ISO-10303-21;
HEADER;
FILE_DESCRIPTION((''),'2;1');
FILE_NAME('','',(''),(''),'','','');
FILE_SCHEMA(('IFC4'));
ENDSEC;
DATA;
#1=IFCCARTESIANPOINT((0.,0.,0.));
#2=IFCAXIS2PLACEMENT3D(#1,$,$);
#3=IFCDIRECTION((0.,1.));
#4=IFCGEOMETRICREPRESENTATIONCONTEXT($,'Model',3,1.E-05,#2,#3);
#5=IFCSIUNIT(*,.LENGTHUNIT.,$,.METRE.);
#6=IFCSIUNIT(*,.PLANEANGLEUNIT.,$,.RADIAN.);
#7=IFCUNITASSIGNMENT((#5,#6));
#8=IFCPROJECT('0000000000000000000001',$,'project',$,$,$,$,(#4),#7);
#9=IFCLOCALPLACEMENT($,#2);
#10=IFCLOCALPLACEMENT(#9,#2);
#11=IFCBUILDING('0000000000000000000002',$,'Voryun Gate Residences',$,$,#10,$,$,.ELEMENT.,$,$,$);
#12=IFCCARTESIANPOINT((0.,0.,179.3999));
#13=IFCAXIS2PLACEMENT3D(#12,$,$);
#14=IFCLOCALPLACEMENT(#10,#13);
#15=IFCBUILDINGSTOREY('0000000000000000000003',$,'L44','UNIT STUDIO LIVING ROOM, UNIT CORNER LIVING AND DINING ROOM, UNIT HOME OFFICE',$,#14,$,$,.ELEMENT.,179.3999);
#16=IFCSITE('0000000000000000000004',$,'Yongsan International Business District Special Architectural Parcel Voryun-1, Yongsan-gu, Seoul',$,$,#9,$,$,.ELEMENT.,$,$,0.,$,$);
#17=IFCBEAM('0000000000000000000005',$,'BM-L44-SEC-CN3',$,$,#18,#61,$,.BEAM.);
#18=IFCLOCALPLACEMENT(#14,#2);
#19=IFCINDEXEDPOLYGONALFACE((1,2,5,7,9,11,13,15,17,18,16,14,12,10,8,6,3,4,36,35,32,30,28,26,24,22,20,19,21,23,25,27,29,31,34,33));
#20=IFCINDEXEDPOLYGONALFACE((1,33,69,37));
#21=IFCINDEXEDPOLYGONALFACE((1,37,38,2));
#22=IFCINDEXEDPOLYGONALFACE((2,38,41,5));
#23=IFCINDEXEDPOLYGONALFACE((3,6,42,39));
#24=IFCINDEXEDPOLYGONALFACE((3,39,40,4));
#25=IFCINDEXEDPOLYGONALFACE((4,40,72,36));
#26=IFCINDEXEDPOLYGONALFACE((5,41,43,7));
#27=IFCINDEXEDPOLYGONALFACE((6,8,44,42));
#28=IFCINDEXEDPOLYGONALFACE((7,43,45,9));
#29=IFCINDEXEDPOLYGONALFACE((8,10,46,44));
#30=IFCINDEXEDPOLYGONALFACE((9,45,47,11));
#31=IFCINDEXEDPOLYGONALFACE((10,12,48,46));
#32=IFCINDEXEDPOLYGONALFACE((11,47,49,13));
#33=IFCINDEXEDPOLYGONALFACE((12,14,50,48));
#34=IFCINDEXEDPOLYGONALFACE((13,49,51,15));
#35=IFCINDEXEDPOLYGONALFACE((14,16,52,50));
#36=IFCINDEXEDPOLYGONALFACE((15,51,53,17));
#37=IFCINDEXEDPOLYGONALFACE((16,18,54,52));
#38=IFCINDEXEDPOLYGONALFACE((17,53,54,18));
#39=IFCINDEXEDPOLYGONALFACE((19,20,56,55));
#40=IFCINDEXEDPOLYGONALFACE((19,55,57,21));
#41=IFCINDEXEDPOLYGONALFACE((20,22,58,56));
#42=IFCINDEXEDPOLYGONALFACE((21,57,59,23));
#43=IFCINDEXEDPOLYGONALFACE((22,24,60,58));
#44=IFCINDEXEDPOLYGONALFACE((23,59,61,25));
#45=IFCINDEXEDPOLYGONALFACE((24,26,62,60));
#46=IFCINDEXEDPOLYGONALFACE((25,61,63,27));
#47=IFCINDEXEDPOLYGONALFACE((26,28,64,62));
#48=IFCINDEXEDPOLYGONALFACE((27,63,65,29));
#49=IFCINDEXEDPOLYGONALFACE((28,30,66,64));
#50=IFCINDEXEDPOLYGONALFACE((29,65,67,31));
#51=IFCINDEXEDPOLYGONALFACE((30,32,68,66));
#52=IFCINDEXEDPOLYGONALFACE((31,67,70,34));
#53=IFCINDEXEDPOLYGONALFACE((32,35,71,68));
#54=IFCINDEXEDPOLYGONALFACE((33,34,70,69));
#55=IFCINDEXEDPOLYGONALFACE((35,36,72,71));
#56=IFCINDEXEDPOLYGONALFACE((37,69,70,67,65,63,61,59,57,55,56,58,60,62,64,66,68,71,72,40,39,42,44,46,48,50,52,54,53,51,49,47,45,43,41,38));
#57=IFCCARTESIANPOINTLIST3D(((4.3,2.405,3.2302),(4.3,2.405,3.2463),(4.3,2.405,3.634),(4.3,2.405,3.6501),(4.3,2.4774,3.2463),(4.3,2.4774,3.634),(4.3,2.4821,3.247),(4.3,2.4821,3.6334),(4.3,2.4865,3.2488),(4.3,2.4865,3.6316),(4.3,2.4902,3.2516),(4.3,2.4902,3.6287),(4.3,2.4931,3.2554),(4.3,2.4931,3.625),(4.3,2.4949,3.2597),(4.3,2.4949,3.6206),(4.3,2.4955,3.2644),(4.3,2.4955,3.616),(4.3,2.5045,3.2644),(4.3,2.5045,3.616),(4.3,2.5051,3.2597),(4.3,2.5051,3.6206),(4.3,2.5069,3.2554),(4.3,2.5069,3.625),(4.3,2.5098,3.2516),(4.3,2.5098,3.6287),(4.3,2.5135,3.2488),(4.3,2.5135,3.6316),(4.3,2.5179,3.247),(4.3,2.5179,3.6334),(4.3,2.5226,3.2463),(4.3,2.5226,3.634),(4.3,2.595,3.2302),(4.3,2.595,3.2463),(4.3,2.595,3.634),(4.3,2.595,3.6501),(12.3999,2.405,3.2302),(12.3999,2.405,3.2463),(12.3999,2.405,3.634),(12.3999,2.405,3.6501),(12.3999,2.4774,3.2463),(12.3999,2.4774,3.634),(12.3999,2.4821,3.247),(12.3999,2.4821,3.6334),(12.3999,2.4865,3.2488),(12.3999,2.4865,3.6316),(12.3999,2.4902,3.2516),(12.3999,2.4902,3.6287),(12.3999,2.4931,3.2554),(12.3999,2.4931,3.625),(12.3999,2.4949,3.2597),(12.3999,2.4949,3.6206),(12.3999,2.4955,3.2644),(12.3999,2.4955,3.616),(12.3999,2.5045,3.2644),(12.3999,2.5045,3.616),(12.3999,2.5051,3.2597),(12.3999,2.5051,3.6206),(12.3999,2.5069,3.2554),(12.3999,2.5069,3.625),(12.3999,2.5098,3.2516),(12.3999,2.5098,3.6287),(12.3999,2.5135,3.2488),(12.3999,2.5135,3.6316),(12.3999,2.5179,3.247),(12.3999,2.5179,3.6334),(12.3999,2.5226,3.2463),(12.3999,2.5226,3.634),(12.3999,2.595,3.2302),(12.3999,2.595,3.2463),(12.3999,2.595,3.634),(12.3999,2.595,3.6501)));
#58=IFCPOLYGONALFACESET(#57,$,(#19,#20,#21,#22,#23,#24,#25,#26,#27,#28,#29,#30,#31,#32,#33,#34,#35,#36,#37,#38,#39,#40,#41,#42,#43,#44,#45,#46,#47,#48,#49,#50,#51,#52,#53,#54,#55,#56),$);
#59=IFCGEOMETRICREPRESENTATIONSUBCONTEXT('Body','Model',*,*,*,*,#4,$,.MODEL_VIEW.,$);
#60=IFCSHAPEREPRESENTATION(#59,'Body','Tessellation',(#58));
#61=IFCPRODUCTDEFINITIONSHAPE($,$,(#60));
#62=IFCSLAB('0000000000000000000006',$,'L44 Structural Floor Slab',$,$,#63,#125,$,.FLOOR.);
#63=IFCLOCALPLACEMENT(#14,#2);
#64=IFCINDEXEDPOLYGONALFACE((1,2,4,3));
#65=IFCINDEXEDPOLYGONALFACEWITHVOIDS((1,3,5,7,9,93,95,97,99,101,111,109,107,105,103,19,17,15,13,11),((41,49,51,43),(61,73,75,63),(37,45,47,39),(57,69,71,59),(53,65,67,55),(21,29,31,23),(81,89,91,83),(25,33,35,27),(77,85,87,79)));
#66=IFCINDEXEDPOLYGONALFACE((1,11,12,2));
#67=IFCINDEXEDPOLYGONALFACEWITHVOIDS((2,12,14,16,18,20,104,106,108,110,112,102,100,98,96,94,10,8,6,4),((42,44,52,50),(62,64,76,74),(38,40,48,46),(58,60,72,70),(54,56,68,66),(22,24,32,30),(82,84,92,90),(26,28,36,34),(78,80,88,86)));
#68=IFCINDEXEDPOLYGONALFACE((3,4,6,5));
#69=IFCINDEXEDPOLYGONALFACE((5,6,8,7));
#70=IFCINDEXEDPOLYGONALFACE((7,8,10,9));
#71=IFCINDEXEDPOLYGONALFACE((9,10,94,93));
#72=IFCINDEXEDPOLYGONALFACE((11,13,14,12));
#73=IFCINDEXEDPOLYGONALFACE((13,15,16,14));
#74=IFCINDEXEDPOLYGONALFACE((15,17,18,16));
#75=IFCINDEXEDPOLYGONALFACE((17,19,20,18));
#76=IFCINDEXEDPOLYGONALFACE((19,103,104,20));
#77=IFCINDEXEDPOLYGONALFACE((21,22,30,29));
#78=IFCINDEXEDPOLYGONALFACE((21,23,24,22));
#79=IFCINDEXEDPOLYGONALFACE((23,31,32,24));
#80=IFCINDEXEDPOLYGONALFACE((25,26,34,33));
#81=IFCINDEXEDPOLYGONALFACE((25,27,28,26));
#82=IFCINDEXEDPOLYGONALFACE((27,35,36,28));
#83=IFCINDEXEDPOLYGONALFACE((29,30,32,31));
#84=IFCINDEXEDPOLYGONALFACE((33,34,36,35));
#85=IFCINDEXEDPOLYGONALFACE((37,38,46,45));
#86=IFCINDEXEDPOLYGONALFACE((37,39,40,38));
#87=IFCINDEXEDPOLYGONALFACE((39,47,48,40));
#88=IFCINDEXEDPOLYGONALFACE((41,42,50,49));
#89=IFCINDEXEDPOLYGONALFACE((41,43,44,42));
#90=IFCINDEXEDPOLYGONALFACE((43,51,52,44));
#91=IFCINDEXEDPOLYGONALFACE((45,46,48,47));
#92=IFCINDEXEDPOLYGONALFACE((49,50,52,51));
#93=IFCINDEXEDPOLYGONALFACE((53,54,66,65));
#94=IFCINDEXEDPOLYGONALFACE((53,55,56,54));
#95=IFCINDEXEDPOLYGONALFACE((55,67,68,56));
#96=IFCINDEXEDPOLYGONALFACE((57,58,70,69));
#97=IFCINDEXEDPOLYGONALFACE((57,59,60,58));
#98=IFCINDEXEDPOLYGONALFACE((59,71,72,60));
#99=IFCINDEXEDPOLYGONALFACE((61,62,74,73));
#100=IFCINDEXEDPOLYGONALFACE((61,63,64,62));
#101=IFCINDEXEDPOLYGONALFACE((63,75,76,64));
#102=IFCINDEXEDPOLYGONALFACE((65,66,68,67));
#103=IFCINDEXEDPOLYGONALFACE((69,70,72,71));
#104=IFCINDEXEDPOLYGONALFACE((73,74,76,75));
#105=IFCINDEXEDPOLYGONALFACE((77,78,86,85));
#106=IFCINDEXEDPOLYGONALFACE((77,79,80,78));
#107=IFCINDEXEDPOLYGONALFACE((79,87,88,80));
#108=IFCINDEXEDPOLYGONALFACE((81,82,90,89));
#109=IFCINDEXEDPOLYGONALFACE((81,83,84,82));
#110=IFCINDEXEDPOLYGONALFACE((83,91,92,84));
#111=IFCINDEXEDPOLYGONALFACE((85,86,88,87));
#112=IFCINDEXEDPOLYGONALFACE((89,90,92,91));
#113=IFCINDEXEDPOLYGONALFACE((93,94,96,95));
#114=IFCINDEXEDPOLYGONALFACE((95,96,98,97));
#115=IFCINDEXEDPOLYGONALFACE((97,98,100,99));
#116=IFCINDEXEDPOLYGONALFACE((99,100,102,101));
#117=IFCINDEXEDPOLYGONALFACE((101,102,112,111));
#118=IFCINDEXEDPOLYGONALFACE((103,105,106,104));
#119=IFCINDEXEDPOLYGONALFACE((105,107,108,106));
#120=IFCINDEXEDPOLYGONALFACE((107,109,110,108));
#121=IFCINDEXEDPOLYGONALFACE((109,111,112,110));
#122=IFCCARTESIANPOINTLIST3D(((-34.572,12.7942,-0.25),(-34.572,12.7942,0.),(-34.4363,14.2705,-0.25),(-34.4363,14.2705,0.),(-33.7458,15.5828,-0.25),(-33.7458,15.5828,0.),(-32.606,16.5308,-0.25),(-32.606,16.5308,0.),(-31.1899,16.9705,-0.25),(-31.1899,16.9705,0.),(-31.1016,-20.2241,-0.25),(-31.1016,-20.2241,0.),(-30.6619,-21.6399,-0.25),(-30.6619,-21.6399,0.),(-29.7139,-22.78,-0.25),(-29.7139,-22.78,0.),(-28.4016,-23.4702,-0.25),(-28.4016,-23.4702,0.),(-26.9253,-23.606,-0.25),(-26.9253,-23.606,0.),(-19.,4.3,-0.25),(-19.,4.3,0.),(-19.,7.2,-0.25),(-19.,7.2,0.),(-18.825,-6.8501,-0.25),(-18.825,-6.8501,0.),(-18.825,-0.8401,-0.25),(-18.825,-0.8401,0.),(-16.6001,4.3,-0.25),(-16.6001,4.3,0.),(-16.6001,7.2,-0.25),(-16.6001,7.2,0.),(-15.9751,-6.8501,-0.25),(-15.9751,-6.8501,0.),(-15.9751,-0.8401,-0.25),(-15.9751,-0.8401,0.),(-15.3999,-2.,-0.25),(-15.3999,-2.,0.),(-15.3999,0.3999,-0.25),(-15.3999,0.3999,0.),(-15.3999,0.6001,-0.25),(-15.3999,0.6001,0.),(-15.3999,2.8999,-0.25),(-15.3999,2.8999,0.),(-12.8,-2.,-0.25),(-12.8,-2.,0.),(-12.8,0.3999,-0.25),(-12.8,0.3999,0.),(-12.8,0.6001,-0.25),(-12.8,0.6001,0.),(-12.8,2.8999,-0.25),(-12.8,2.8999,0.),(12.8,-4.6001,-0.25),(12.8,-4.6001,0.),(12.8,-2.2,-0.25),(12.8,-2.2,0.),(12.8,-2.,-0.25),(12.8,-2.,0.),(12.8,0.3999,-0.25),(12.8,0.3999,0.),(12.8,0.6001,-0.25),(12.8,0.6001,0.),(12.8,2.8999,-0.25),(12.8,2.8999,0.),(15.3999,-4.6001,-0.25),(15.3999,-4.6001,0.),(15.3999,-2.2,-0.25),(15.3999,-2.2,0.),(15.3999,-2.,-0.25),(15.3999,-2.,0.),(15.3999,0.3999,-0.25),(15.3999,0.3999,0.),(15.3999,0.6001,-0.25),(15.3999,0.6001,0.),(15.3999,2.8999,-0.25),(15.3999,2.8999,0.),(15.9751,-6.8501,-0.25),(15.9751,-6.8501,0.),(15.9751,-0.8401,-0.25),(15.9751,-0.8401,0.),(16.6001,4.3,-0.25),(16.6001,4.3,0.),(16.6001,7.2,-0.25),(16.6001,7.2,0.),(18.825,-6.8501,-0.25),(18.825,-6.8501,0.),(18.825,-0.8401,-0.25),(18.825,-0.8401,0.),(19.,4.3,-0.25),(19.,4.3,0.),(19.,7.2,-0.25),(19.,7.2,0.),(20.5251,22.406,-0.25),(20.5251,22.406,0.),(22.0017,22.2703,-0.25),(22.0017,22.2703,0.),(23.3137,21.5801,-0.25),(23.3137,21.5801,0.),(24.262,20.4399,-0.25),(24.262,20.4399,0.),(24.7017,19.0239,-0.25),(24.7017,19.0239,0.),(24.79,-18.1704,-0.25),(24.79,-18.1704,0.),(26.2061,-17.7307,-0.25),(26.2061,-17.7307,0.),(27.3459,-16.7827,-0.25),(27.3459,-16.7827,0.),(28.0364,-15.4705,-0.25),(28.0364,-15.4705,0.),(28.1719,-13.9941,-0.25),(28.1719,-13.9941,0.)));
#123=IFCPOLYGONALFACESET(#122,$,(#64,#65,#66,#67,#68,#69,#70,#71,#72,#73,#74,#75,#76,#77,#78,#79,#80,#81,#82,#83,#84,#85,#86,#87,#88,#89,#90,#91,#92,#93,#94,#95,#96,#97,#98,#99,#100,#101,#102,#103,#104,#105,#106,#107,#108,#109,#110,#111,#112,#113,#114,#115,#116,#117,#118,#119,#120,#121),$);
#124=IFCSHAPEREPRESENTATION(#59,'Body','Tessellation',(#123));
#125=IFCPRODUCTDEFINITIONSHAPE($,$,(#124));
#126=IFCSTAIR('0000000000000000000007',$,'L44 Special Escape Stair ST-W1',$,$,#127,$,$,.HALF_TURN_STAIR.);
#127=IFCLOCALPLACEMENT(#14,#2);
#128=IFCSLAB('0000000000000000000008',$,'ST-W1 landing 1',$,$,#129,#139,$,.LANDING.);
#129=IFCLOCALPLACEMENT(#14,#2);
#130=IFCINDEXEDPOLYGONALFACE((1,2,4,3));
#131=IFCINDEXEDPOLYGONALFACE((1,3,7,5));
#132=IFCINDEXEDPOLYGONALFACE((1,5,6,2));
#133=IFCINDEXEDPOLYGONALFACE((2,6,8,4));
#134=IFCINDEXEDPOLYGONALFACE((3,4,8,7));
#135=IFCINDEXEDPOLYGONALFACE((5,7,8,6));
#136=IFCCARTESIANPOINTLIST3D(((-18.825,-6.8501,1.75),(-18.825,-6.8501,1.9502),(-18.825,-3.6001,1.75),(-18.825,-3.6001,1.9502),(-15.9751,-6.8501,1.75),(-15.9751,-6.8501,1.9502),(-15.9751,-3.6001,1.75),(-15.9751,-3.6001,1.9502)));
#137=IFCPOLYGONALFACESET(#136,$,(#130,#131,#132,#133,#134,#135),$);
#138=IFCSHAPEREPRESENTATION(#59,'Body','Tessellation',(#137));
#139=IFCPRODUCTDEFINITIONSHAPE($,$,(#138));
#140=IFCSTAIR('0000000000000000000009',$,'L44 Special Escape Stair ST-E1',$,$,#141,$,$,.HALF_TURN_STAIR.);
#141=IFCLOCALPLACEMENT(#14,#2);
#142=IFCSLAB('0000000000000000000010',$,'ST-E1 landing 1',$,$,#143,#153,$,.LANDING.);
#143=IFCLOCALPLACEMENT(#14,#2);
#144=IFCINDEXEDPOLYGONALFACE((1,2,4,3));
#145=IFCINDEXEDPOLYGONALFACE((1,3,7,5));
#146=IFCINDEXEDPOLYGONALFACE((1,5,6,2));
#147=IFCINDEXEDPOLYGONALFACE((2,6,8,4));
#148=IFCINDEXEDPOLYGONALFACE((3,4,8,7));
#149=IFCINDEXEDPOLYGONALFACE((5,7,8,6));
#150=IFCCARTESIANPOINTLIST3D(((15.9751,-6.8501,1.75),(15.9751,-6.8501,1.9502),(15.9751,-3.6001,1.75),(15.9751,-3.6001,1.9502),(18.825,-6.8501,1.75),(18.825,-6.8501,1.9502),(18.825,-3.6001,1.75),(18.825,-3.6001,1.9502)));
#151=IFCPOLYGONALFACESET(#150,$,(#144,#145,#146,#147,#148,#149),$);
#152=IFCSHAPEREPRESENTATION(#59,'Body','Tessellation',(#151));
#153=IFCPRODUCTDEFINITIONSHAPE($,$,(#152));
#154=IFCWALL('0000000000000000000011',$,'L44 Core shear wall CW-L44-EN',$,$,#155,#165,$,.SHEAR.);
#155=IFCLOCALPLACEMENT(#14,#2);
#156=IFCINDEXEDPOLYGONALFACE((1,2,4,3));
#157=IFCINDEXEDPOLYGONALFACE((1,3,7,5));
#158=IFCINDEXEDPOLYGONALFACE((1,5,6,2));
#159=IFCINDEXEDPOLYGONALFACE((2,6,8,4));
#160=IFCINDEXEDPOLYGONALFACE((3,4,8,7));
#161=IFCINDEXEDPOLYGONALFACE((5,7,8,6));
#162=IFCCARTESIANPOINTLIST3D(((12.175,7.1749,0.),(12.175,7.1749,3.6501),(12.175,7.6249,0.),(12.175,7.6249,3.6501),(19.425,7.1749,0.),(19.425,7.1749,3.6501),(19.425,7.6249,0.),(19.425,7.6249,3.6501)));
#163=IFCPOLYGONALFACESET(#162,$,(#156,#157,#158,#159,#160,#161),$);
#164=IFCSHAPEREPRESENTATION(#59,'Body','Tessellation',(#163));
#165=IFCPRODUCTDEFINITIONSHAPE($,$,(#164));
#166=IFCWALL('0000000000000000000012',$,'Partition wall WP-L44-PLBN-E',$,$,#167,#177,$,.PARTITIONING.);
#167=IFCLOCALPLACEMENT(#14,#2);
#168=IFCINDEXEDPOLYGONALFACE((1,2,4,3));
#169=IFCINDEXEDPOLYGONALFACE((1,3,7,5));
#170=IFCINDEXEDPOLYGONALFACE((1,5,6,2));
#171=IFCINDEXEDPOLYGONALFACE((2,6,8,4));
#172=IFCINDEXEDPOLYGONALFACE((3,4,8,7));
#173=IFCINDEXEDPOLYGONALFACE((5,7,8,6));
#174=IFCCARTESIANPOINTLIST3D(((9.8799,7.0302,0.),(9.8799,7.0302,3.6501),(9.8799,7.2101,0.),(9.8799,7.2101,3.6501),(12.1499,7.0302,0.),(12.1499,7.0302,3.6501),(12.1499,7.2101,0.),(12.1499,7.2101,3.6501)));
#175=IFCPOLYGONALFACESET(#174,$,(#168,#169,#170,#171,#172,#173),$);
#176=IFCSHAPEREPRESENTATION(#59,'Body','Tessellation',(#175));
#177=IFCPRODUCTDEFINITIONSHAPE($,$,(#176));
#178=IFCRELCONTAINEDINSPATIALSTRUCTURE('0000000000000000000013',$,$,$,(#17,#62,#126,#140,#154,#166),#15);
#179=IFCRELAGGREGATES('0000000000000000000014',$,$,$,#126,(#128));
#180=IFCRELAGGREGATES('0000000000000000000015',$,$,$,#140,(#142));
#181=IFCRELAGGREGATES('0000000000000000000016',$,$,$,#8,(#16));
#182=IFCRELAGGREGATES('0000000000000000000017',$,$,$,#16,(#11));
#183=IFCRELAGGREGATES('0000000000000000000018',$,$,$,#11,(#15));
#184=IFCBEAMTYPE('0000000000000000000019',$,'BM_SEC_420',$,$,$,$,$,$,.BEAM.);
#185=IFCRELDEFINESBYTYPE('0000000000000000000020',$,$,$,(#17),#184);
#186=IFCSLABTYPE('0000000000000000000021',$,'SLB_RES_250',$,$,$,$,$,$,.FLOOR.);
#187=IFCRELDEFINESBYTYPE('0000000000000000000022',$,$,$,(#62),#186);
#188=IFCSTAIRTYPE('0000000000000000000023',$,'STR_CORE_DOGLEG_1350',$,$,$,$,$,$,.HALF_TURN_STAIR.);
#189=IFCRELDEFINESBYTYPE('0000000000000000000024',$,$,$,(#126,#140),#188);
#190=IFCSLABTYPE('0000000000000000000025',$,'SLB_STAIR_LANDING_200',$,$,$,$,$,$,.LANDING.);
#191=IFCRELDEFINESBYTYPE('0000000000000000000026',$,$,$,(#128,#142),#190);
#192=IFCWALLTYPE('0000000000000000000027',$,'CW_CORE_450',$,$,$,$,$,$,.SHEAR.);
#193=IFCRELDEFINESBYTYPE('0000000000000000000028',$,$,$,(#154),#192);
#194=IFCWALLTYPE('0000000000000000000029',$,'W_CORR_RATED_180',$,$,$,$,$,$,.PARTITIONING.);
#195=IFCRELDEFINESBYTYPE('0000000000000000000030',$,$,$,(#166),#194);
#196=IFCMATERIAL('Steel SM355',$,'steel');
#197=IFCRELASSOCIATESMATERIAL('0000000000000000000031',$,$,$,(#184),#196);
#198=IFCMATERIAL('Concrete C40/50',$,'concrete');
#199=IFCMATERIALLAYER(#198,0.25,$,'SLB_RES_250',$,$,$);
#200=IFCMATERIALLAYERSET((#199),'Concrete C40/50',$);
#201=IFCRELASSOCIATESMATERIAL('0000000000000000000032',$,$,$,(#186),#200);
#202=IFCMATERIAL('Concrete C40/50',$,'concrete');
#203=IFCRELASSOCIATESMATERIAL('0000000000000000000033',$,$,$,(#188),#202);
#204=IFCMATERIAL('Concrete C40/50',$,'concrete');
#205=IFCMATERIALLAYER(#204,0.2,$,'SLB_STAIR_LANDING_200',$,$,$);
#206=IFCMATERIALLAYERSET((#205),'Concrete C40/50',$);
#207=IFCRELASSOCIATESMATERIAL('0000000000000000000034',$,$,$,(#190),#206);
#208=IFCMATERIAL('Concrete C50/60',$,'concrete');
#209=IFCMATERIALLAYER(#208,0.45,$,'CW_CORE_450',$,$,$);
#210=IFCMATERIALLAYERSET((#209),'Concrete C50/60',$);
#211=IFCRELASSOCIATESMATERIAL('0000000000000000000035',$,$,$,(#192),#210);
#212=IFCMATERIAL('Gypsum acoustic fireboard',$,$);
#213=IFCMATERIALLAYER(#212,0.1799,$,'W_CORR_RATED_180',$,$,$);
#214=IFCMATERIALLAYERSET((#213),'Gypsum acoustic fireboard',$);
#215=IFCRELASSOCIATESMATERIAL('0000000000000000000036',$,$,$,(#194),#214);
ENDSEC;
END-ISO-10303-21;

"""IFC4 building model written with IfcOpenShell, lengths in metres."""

from ifc_helpers import new_model, si_unit, direction, frame, frame_2d, origin, origin_2d, place, context, subcontext, project, spatial, polyline, rectangle, i_section, outline, extrude, material, layer, layer_set, material_profile, profile_set, type_object, element, aggregate, save


model = new_model("IFC4")

# Units and contexts
model_context = context("Model", 3, precision=1e-05, world=origin(), true_north=direction((0.0, 1.0)))
body_context = subcontext(model_context, "Body", "Model", "MODEL_VIEW")
ifc_project = project(units=[si_unit("LENGTHUNIT", "METRE"), si_unit("PLANEANGLEUNIT", "RADIAN")], contexts=[model_context])

# Site, building, storey
site_placement = place(None, origin())
site = spatial("IfcSite", under=ifc_project, at=site_placement, Name="Yongsan International Business District Special Architectural Parcel Voryun-1, Yongsan-gu, Seoul", CompositionType="ELEMENT", RefElevation=0.0)
building_placement = place(site_placement, origin())
building = spatial("IfcBuilding", under=site, at=building_placement, Name="Voryun Gate Residences", CompositionType="ELEMENT")
storey_placement = place(building_placement, frame((0.0, 0.0, 179.3999)))
storey = spatial("IfcBuildingStorey", under=building, at=storey_placement, Name="L44", Description="UNIT STUDIO LIVING ROOM, UNIT CORNER LIVING AND DINING ROOM, UNIT HOME OFFICE", CompositionType="ELEMENT", Elevation=179.3999)

# Beam
ifc_material_1 = material(Name="Steel SM355", Category="steel")
ifc_material_profile_1 = material_profile(ifc_material_1, i_section(OverallWidth=0.1899, OverallDepth=0.4199, WebThickness=0.009, FlangeThickness=0.0161, FilletRadius=0.0181, at=origin_2d()), Name="H-420x190x9x16")
ifc_profile_set_1 = profile_set([ifc_material_profile_1], Name="Steel SM355")
beam_type_1 = type_object("IfcBeamType", Name="BM_SEC_420", PredefinedType="BEAM", material=ifc_profile_set_1)
for number, where, z_axis, x_axis, name in (
    (1, (4.3, 2.5, 3.4402), (1.0, 0.0, 0.0), (0.0, 1.0, 0.0), "BM-L44-SEC-CN3"),
):
    element("IfcBeam", number, at=place(storey_placement, frame(where, z_axis=z_axis, x_axis=x_axis)), inside=storey, type_object=beam_type_1, Name=name, PredefinedType="BEAM", context=body_context, shape_type="SweptSolid", body=[
        extrude(i_section(OverallWidth=0.1899, OverallDepth=0.4199, WebThickness=0.009, FlangeThickness=0.0161, FilletRadius=0.0181, at=origin_2d()), origin(), (0.0, 0.0, 1.0), 8.0999),
    ])

# Slab
ifc_material_2 = material(Name="Concrete C40/50", Category="concrete")
ifc_layer_1 = layer(ifc_material_2, 0.25, Name="SLB_RES_250")
ifc_layer_set_1 = layer_set([ifc_layer_1], Name="Concrete C40/50")
slab_type_1 = type_object("IfcSlabType", Name="SLB_RES_250", PredefinedType="FLOOR", material=ifc_layer_set_1)
slab_1_placement = place(storey_placement, frame((0.0, 0.0, -0.25)))
element("IfcSlab", 2, at=slab_1_placement, inside=storey, type_object=slab_type_1, Name="L44 Structural Floor Slab", PredefinedType="FLOOR", context=body_context, shape_type="SweptSolid", body=[
    extrude(outline(polyline([(-26.9253, -23.606), (-28.4016, -23.4702), (-29.7139, -22.78), (-30.6619, -21.6399), (-31.1016, -20.2241), (-34.572, 12.7942), (-34.4363, 14.2705), (-33.7458, 15.5828), (-32.606, 16.5308), (-31.1899, 16.9705), (20.5251, 22.406), (22.0017, 22.2703), (23.3137, 21.5801), (24.262, 20.4399), (24.7017, 19.0239), (28.1719, -13.9941), (28.0364, -15.4705), (27.3459, -16.7827), (26.2061, -17.7307), (24.79, -18.1704), (-26.9253, -23.606)]), holes=[polyline([(-15.9751, -6.8501), (-15.9751, -0.8401), (-18.825, -0.8401), (-18.825, -6.8501), (-15.9751, -6.8501)]), polyline([(18.825, -6.8501), (18.825, -0.8401), (15.9751, -0.8401), (15.9751, -6.8501), (18.825, -6.8501)]), polyline([(15.3999, -2.2), (12.8, -2.2), (12.8, -4.6001), (15.3999, -4.6001), (15.3999, -2.2)]), polyline([(-12.8, 0.3999), (-15.3999, 0.3999), (-15.3999, -2.0), (-12.8, -2.0), (-12.8, 0.3999)]), polyline([(15.3999, 0.3999), (12.8, 0.3999), (12.8, -2.0), (15.3999, -2.0), (15.3999, 0.3999)]), polyline([(-12.8, 2.8999), (-15.3999, 2.8999), (-15.3999, 0.6001), (-12.8, 0.6001), (-12.8, 2.8999)]), polyline([(15.3999, 2.8999), (12.8, 2.8999), (12.8, 0.6001), (15.3999, 0.6001), (15.3999, 2.8999)]), polyline([(-16.6001, 4.3), (-16.6001, 7.2), (-19.0, 7.2), (-19.0, 4.3), (-16.6001, 4.3)]), polyline([(19.0, 4.3), (19.0, 7.2), (16.6001, 7.2), (16.6001, 4.3), (19.0, 4.3)])]), origin(), (0.0, 0.0, 1.0), 0.25),
])

# Stairs, slabs
ifc_material_3 = material(Name="Concrete C40/50", Category="concrete")
stair_type = type_object("IfcStairType", Name="STR_CORE_DOGLEG_1350", PredefinedType="HALF_TURN_STAIR", material=ifc_material_3)
stair_1_placement = place(storey_placement, origin())
stair_1 = element("IfcStair", 3, at=stair_1_placement, inside=storey, type_object=stair_type, Name="L44 Special Escape Stair ST-W1", PredefinedType="HALF_TURN_STAIR")
ifc_material_4 = material(Name="Concrete C40/50", Category="concrete")
ifc_layer_2 = layer(ifc_material_4, 0.2, Name="SLB_STAIR_LANDING_200")
ifc_layer_set_2 = layer_set([ifc_layer_2], Name="Concrete C40/50")
slab_type_2 = type_object("IfcSlabType", Name="SLB_STAIR_LANDING_200", PredefinedType="LANDING", material=ifc_layer_set_2)
slab_2_placement = place(storey_placement, frame((0.0, 0.0, 1.75)))
slab_2 = element("IfcSlab", 4, at=slab_2_placement, type_object=slab_type_2, Name="ST-W1 landing 1", PredefinedType="LANDING", context=body_context, shape_type="SweptSolid", body=[
    extrude(outline(polyline([(-18.825, -3.6001), (-18.825, -6.8501), (-15.9751, -6.8501), (-15.9751, -3.6001), (-18.825, -3.6001)])), origin(), (0.0, 0.0, 1.0), 0.2002),
])
aggregate(stair_1, [slab_2])
stair_2_placement = place(storey_placement, origin())
stair_2 = element("IfcStair", 5, at=stair_2_placement, inside=storey, type_object=stair_type, Name="L44 Special Escape Stair ST-E1", PredefinedType="HALF_TURN_STAIR")
slab_3_placement = place(storey_placement, frame((0.0, 0.0, 1.75)))
slab_3 = element("IfcSlab", 6, at=slab_3_placement, type_object=slab_type_2, Name="ST-E1 landing 1", PredefinedType="LANDING", context=body_context, shape_type="SweptSolid", body=[
    extrude(outline(polyline([(15.9751, -3.6001), (15.9751, -6.8501), (18.825, -6.8501), (18.825, -3.6001), (15.9751, -3.6001)])), origin(), (0.0, 0.0, 1.0), 0.2002),
])
aggregate(stair_2, [slab_3])

# Walls
ifc_material_5 = material(Name="Concrete C50/60", Category="concrete")
ifc_layer_3 = layer(ifc_material_5, 0.45, Name="CW_CORE_450")
ifc_layer_set_3 = layer_set([ifc_layer_3], Name="Concrete C50/60")
wall_type_1 = type_object("IfcWallType", Name="CW_CORE_450", PredefinedType="SHEAR", material=ifc_layer_set_3)
wall_1_placement = place(storey_placement, frame((12.175, 7.3999, 0.0), z_axis=(0.0, 0.0, 1.0), x_axis=(1.0, 0.0, 0.0)))
element("IfcWall", 7, at=wall_1_placement, inside=storey, type_object=wall_type_1, Name="L44 Core shear wall CW-L44-EN", PredefinedType="SHEAR", context=body_context, shape_type="SweptSolid", body=[
    extrude(rectangle(XDim=7.25, YDim=0.45, at=frame_2d((3.625, 0.0))), origin(), (0.0, 0.0, 1.0), 3.6501),
])
ifc_material_6 = material(Name="Gypsum acoustic fireboard")
ifc_layer_4 = layer(ifc_material_6, 0.1799, Name="W_CORR_RATED_180")
ifc_layer_set_4 = layer_set([ifc_layer_4], Name="Gypsum acoustic fireboard")
wall_type_2 = type_object("IfcWallType", Name="W_CORR_RATED_180", PredefinedType="PARTITIONING", material=ifc_layer_set_4)
wall_2_placement = place(storey_placement, frame((9.8799, 7.1201, 0.0), z_axis=(0.0, 0.0, 1.0), x_axis=(1.0, 0.0, 0.0)))
element("IfcWall", 8, at=wall_2_placement, inside=storey, type_object=wall_type_2, Name="Partition wall WP-L44-PLBN-E", PredefinedType="PARTITIONING", context=body_context, shape_type="SweptSolid", body=[
    extrude(rectangle(XDim=2.27, YDim=0.1799, at=frame_2d((1.135, 0.0))), origin(), (0.0, 0.0, 1.0), 3.6501),
])

save(model, "model.ifc")
